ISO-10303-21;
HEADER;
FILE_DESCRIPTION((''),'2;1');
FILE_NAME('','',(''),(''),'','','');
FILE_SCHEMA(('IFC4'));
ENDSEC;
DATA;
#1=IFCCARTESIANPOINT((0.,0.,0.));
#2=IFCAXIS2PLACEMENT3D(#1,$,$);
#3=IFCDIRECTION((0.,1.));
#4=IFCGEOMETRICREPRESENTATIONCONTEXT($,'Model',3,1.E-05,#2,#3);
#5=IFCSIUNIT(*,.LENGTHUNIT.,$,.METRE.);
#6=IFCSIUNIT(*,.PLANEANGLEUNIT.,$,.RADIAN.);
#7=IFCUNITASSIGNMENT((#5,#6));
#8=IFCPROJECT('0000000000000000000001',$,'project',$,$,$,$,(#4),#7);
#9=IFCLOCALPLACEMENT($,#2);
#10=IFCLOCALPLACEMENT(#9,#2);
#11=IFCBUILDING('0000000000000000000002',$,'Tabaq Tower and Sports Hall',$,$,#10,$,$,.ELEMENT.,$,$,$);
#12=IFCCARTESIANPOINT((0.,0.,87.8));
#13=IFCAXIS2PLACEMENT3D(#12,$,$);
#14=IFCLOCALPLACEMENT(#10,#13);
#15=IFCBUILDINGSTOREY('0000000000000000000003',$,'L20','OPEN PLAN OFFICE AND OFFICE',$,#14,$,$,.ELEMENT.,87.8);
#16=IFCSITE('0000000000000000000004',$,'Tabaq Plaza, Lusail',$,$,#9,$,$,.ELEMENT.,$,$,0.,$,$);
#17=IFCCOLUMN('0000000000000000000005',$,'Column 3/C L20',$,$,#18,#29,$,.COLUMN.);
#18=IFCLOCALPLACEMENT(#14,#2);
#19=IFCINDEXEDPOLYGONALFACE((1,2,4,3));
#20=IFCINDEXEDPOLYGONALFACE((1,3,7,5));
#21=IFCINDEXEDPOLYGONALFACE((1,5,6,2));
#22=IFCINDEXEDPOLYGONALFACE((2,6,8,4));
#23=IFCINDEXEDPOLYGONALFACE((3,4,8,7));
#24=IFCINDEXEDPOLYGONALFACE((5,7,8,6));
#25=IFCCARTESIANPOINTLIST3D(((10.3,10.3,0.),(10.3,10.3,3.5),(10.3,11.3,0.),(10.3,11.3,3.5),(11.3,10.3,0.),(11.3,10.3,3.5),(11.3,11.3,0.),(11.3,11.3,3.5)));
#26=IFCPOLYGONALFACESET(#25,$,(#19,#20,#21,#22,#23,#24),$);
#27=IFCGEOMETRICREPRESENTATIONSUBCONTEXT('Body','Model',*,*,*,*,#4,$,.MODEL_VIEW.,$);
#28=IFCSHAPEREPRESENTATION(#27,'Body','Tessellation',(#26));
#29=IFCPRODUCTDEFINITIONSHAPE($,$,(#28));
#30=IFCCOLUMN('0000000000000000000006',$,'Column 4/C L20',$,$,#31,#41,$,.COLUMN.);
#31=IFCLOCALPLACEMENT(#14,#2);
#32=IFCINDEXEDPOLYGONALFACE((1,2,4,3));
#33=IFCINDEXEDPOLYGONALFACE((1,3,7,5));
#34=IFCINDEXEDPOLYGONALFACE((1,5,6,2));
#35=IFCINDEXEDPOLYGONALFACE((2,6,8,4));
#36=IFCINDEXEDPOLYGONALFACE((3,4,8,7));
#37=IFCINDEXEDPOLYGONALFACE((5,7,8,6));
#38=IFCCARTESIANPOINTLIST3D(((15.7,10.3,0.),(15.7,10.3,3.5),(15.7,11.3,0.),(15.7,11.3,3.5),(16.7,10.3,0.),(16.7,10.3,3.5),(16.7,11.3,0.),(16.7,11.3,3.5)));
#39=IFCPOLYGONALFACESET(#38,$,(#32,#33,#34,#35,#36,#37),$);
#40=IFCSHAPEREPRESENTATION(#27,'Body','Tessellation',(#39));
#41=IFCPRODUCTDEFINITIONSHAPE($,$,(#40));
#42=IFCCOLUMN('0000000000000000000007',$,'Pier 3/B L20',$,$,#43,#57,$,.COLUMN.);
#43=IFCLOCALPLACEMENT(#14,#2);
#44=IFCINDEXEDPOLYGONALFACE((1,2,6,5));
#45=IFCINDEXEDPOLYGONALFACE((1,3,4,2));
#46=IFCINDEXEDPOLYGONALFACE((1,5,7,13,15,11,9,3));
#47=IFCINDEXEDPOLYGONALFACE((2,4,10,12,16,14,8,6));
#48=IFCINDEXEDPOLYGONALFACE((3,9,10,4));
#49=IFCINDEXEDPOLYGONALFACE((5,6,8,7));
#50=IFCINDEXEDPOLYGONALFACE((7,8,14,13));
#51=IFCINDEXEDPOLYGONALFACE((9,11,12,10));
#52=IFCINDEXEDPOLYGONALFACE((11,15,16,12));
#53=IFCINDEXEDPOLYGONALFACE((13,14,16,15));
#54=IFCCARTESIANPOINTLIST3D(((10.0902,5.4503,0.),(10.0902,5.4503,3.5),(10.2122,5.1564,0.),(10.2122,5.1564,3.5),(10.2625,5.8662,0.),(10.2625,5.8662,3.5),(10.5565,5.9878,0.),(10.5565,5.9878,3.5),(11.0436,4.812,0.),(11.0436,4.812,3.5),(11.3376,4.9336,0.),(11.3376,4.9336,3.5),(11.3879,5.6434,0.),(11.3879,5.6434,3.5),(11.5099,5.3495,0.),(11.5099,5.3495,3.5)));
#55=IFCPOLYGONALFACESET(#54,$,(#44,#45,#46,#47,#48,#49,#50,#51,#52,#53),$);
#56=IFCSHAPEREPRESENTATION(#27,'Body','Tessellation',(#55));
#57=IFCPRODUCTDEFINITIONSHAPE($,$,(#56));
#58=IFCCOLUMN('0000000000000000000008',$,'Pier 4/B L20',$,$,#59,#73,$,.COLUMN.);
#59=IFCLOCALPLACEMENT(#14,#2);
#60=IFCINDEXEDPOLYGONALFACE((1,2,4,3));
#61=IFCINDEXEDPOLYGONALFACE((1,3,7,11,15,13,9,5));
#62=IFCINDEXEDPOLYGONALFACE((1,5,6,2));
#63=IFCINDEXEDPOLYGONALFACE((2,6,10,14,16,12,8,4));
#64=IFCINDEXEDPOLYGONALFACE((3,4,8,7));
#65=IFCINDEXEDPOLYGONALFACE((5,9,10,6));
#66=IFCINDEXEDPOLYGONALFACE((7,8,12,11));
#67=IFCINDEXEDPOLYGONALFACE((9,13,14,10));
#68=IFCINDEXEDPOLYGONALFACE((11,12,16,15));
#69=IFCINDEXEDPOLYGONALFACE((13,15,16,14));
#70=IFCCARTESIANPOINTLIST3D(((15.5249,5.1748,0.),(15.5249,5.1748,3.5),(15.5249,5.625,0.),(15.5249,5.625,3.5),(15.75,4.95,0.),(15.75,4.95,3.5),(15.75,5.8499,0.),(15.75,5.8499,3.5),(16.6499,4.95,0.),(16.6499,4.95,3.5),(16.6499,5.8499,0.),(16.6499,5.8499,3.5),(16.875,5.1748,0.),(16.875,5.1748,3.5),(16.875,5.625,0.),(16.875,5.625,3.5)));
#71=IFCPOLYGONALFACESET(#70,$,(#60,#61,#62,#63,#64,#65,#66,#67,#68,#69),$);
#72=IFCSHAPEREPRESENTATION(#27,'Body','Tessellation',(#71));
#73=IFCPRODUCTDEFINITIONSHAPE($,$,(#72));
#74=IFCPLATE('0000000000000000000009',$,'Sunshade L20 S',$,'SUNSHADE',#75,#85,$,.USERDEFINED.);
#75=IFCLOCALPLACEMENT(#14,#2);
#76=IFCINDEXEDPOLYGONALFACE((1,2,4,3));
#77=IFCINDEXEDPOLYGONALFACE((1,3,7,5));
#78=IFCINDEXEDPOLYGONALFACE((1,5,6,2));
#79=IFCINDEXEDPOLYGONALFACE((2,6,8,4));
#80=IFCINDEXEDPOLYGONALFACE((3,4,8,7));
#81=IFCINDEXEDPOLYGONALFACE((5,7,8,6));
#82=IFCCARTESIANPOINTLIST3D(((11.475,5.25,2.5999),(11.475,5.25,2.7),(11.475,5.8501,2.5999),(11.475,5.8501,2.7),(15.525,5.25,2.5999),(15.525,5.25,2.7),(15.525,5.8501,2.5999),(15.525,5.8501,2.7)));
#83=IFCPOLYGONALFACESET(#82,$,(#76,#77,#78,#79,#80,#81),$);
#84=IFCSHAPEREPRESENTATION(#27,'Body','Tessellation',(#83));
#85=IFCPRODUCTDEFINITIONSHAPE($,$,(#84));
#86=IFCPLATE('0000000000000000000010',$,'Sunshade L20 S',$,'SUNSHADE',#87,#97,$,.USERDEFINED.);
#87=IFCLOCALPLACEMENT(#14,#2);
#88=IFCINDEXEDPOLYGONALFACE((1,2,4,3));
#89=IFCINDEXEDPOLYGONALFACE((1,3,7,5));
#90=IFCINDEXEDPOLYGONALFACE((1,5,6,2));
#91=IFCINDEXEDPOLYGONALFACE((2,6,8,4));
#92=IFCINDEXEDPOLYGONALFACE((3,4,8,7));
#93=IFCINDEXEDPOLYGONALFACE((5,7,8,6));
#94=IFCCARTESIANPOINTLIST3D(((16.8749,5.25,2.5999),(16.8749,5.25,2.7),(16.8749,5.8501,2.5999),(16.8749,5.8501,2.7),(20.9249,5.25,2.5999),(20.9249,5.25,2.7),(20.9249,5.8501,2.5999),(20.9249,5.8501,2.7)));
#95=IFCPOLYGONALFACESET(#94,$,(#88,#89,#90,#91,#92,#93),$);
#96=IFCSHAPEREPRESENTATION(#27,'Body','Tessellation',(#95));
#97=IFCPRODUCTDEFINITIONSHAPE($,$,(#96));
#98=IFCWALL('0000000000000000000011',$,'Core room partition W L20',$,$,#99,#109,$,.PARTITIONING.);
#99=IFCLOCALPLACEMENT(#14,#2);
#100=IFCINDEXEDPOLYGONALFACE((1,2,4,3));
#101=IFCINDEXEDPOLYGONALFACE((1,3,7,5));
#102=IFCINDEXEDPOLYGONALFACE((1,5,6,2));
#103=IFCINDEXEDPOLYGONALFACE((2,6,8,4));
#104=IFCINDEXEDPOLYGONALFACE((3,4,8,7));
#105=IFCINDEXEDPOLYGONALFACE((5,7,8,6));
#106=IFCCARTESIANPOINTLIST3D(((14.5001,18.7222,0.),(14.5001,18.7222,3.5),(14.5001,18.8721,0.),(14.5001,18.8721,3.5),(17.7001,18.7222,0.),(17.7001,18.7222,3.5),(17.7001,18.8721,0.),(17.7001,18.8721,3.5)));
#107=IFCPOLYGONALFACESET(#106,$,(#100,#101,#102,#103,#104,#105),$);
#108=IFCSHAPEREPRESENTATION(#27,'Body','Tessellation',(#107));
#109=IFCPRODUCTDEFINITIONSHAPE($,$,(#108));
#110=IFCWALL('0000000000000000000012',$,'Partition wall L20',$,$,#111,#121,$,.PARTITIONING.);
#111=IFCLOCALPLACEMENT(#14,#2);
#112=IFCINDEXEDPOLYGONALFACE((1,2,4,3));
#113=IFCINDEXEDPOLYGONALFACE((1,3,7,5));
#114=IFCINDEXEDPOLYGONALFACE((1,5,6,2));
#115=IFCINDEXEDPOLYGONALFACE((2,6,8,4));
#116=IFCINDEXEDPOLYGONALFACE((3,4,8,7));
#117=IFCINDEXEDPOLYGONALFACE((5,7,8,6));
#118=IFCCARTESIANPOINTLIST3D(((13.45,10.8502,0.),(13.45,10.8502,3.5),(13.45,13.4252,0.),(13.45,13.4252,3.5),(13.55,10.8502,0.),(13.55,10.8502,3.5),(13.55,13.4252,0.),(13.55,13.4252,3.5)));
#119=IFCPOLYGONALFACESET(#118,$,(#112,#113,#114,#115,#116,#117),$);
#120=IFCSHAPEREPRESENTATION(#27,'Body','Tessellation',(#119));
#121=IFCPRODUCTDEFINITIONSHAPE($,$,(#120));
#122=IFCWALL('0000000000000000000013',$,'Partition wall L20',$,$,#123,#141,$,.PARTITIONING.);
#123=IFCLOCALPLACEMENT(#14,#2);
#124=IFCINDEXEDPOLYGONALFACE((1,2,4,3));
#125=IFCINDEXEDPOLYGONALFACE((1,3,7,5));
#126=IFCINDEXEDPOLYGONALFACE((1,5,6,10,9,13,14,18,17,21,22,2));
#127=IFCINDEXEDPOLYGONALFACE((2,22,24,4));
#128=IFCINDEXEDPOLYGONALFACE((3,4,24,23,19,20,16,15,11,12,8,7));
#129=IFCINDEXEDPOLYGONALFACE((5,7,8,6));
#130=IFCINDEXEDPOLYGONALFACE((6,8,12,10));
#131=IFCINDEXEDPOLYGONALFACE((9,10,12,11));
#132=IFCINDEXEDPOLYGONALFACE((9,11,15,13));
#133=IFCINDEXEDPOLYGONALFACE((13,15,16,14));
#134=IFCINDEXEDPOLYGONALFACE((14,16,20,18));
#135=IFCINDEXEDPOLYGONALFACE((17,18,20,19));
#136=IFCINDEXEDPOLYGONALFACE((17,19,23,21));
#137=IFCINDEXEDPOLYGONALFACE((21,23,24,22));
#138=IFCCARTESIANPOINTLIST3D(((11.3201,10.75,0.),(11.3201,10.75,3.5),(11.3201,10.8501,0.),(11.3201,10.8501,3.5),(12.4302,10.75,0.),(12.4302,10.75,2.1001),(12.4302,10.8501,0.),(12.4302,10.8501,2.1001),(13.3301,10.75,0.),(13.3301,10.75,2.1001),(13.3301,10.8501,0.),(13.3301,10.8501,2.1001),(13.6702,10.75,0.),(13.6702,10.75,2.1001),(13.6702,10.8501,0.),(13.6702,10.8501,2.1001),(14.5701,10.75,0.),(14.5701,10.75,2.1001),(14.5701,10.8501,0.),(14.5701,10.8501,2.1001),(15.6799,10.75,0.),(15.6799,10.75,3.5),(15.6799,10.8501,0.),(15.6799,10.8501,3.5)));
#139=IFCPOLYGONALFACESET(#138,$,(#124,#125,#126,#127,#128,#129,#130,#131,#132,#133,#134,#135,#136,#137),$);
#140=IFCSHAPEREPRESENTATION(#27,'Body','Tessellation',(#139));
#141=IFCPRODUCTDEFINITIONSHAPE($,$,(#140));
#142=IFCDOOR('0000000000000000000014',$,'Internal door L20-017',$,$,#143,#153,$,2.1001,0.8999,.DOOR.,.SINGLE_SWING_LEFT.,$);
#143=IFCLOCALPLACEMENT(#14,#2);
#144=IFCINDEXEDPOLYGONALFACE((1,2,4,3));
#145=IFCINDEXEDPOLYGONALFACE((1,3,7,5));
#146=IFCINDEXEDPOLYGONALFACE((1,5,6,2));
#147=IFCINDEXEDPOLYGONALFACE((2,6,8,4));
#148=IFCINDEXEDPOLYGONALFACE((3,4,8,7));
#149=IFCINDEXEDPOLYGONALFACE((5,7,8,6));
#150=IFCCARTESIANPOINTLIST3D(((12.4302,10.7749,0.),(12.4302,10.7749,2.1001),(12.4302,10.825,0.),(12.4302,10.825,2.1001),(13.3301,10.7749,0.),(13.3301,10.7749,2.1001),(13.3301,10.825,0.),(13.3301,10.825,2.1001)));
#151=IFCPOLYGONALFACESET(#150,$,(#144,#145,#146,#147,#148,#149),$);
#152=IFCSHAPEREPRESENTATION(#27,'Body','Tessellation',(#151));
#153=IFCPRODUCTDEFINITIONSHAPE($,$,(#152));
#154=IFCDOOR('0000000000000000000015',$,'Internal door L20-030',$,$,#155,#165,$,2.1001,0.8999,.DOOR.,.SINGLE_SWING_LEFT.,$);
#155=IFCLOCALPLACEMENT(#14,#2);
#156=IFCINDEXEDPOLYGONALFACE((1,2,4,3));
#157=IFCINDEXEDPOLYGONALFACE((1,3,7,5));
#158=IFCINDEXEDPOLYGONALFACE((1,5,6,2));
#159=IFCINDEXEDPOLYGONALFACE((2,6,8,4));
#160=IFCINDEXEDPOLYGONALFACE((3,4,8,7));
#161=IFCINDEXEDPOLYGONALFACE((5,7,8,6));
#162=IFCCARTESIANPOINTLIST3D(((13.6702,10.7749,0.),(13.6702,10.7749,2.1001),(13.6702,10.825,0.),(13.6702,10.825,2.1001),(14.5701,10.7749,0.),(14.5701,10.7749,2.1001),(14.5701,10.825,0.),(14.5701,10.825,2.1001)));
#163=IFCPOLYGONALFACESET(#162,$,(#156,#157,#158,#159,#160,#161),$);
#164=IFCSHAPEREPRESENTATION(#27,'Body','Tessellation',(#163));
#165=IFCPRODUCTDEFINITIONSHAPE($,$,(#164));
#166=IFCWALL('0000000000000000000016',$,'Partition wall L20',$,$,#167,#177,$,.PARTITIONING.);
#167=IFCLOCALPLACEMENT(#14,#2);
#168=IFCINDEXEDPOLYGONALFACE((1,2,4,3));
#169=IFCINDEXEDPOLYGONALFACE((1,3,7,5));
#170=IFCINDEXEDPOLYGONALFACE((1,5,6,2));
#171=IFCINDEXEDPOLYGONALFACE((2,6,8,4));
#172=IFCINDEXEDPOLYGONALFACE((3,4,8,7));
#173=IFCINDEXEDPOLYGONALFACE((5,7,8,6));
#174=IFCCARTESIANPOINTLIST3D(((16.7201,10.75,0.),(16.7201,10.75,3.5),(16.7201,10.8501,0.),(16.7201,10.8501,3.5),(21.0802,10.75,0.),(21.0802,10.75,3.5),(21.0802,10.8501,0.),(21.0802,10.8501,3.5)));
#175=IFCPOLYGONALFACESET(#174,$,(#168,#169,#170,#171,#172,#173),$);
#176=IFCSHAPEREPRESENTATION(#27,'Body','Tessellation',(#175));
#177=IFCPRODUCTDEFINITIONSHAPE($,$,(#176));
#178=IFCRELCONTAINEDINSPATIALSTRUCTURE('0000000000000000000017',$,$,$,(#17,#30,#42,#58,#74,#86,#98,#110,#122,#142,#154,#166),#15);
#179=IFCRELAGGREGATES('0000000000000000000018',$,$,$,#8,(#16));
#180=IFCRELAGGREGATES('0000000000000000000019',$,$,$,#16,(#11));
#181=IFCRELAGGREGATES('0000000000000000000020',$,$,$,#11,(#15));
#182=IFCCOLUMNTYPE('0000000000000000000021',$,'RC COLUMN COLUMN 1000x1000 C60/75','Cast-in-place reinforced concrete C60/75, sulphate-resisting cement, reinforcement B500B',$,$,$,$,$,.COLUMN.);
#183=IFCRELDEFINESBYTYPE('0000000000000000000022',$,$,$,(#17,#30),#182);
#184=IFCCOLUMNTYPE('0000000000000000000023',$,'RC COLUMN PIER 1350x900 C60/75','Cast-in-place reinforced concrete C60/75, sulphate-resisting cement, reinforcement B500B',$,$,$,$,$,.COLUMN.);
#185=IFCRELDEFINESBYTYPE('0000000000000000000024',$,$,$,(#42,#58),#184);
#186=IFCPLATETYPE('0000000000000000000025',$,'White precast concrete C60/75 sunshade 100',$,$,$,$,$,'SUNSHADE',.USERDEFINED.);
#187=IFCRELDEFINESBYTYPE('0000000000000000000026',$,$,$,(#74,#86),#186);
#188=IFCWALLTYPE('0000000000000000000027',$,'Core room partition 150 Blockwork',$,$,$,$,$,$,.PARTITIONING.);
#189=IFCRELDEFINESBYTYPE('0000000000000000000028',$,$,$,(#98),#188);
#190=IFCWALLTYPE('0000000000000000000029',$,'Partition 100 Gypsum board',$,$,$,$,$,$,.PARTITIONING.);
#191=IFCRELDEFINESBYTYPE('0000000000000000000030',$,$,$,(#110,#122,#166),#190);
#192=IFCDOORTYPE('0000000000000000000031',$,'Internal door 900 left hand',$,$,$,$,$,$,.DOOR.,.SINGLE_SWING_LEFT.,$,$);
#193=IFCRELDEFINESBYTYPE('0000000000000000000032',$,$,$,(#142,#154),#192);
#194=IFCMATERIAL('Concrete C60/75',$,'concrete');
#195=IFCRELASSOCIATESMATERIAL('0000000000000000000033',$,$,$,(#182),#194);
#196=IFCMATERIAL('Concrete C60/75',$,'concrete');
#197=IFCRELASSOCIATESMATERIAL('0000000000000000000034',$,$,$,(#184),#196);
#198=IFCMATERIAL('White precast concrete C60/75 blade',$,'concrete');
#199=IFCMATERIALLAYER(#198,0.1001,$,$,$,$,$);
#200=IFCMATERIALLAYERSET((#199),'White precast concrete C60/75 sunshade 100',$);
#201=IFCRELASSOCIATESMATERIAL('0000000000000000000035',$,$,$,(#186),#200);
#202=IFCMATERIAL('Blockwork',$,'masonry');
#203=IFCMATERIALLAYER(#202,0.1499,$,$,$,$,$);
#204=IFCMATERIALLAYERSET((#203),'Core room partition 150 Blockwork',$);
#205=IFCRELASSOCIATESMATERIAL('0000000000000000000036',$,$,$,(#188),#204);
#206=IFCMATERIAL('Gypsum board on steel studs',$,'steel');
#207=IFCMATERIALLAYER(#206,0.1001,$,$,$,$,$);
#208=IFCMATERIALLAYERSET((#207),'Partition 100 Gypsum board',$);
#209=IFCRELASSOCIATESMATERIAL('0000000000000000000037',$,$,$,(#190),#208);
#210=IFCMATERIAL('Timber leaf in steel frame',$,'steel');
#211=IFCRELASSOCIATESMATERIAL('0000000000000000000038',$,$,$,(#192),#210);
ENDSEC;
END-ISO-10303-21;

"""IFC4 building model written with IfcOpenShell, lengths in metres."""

from ifc_helpers import new_model, si_unit, direction, frame, frame_2d, origin, origin_2d, place, context, subcontext, project, spatial, polyline, rectangle, outline, extrude, material, layer, layer_set, material_profile, profile_set, type_object, element, fill, save


model = new_model("IFC4")

# Units and contexts
model_context = context("Model", 3, precision=1e-05, world=origin(), true_north=direction((0.0, 1.0)))
body_context = subcontext(model_context, "Body", "Model", "MODEL_VIEW")
ifc_project = project(units=[si_unit("LENGTHUNIT", "METRE"), si_unit("PLANEANGLEUNIT", "RADIAN")], contexts=[model_context])

# Site, building, storey
site_placement = place(None, origin())
site = spatial("IfcSite", under=ifc_project, at=site_placement, Name="Tabaq Plaza, Lusail", CompositionType="ELEMENT", RefElevation=0.0)
building_placement = place(site_placement, origin())
building = spatial("IfcBuilding", under=site, at=building_placement, Name="Tabaq Tower and Sports Hall", CompositionType="ELEMENT")
storey_placement = place(building_placement, frame((0.0, 0.0, 87.8)))
storey = spatial("IfcBuildingStorey", under=building, at=storey_placement, Name="L20", Description="OPEN PLAN OFFICE AND OFFICE", CompositionType="ELEMENT", Elevation=87.8)

# Columns
ifc_material_1 = material(Name="Concrete C60/75", Category="concrete")
ifc_material_profile_1 = material_profile(ifc_material_1, rectangle(XDim=1.0, YDim=1.0, at=origin_2d()), Name="COLUMN 1000x1000")
ifc_profile_set_1 = profile_set([ifc_material_profile_1], Name="Concrete C60/75")
column_type_1 = type_object("IfcColumnType", Name="RC COLUMN COLUMN 1000x1000 C60/75", Description="Cast-in-place reinforced concrete C60/75, sulphate-resisting cement, reinforcement B500B", PredefinedType="COLUMN", material=ifc_profile_set_1)
for number, where, z_axis, x_axis, name in (
    (1, (10.8, 10.8, 0.0), (0.0, 0.0, 1.0), (1.0, 0.0, 0.0), "Column 3/C L20"),
    (2, (16.2, 10.8, 0.0), (0.0, 0.0, 1.0), (1.0, 0.0, 0.0), "Column 4/C L20"),
):
    element("IfcColumn", number, at=place(storey_placement, frame(where, z_axis=z_axis, x_axis=x_axis)), inside=storey, type_object=column_type_1, Name=name, PredefinedType="COLUMN", context=body_context, shape_type="SweptSolid", body=[
        extrude(rectangle(XDim=1.0, YDim=1.0, at=origin_2d()), origin(), (0.0, 0.0, 1.0), 3.5),
    ])
ifc_material_2 = material(Name="Concrete C60/75", Category="concrete")
ifc_material_profile_2 = material_profile(ifc_material_2, outline(polyline([(-0.45, -0.45), (0.45, -0.45), (0.675, -0.2251), (0.675, 0.2251), (0.45, 0.45), (-0.45, 0.45), (-0.675, 0.2251), (-0.675, -0.2251), (-0.45, -0.45)])), Name="PIER 1350x900")
ifc_profile_set_2 = profile_set([ifc_material_profile_2], Name="Concrete C60/75")
column_type_2 = type_object("IfcColumnType", Name="RC COLUMN PIER 1350x900 C60/75", Description="Cast-in-place reinforced concrete C60/75, sulphate-resisting cement, reinforcement B500B", PredefinedType="COLUMN", material=ifc_profile_set_2)
for number, where, z_axis, x_axis, name in (
    (3, (10.8, 5.3999, 0.0), (0.0, 0.0, 1.0), (-0.92388, 0.382683, 0.0), "Pier 3/B L20"),
    (4, (16.2, 5.3999, 0.0), (0.0, 0.0, 1.0), (1.0, 0.0, 0.0), "Pier 4/B L20"),
):
    element("IfcColumn", number, at=place(storey_placement, frame(where, z_axis=z_axis, x_axis=x_axis)), inside=storey, type_object=column_type_2, Name=name, PredefinedType="COLUMN", context=body_context, shape_type="SweptSolid", body=[
        extrude(outline(polyline([(-0.45, -0.45), (0.45, -0.45), (0.675, -0.2251), (0.675, 0.2251), (0.45, 0.45), (-0.45, 0.45), (-0.675, 0.2251), (-0.675, -0.2251), (-0.45, -0.45)])), origin(), (0.0, 0.0, 1.0), 3.5),
    ])

# Plates
ifc_material_3 = material(Name="White precast concrete C60/75 blade", Category="concrete")
ifc_layer_1 = layer(ifc_material_3, 0.1001)
ifc_layer_set_1 = layer_set([ifc_layer_1], Name="White precast concrete C60/75 sunshade 100")
plate_type = type_object("IfcPlateType", Name="White precast concrete C60/75 sunshade 100", ElementType="SUNSHADE", PredefinedType="USERDEFINED", material=ifc_layer_set_1)
for number, where, z_axis, x_axis, name in (
    (5, (13.5, 5.55, 2.5999), (0.0, 0.0, 1.0), (1.0, 0.0, 0.0), "Sunshade L20 S"),
    (6, (18.8999, 5.55, 2.5999), (0.0, 0.0, 1.0), (1.0, 0.0, 0.0), "Sunshade L20 S"),
):
    element("IfcPlate", number, at=place(storey_placement, frame(where, z_axis=z_axis, x_axis=x_axis)), inside=storey, type_object=plate_type, Name=name, ObjectType="SUNSHADE", PredefinedType="USERDEFINED", context=body_context, shape_type="SweptSolid", body=[
        extrude(rectangle(XDim=4.05, YDim=0.6001, at=origin_2d()), origin(), (0.0, 0.0, 1.0), 0.1001),
    ])

# Wall
ifc_material_4 = material(Name="Blockwork", Category="masonry")
ifc_layer_2 = layer(ifc_material_4, 0.1499)
ifc_layer_set_2 = layer_set([ifc_layer_2], Name="Core room partition 150 Blockwork")
wall_type_1 = type_object("IfcWallType", Name="Core room partition 150 Blockwork", PredefinedType="PARTITIONING", material=ifc_layer_set_2)
wall_1_placement = place(storey_placement, frame((14.5, 18.7971, 0.0), z_axis=(0.0, 0.0, 1.0), x_axis=(1.0, 0.0, 0.0)))
element("IfcWall", 7, at=wall_1_placement, inside=storey, type_object=wall_type_1, Name="Core room partition W L20", PredefinedType="PARTITIONING", context=body_context, shape_type="SweptSolid", body=[
    extrude(rectangle(XDim=3.2, YDim=0.1499, at=frame_2d((1.6001, 0.0))), origin(), (0.0, 0.0, 1.0), 3.5),
])

# Wall
ifc_material_5 = material(Name="Gypsum board on steel studs", Category="steel")
ifc_layer_3 = layer(ifc_material_5, 0.1001)
ifc_layer_set_3 = layer_set([ifc_layer_3], Name="Partition 100 Gypsum board")
wall_type_2 = type_object("IfcWallType", Name="Partition 100 Gypsum board", PredefinedType="PARTITIONING", material=ifc_layer_set_3)
wall_2_placement = place(storey_placement, frame((13.5, 10.8501, 0.0), z_axis=(0.0, 0.0, 1.0), x_axis=(0.0, 1.0, 0.0)))
element("IfcWall", 8, at=wall_2_placement, inside=storey, type_object=wall_type_2, Name="Partition wall L20", PredefinedType="PARTITIONING", context=body_context, shape_type="SweptSolid", body=[
    extrude(rectangle(XDim=2.575, YDim=0.1001, at=frame_2d((1.2876, 0.0))), origin(), (0.0, 0.0, 1.0), 3.5),
])

# Wall, openings, doors
wall_3_placement = place(storey_placement, frame((11.3201, 10.8, 0.0), z_axis=(0.0, 0.0, 1.0), x_axis=(1.0, 0.0, 0.0)))
wall_3 = element("IfcWall", 9, at=wall_3_placement, inside=storey, type_object=wall_type_2, Name="Partition wall L20", PredefinedType="PARTITIONING", context=body_context, shape_type="SweptSolid", body=[
    extrude(rectangle(XDim=4.3599, YDim=0.1001, at=frame_2d((2.1799, 0.0))), origin(), (0.0, 0.0, 1.0), 3.5),
])
opening_1_placement = place(wall_3_placement, frame((1.1101, 0.0, 0.0)))
opening_1 = element("IfcOpeningElement", 10, at=opening_1_placement, cuts=wall_3, PredefinedType="OPENING", context=body_context, shape_type="SweptSolid", body=[
    extrude(rectangle(XDim=0.8999, YDim=2.1001, at=frame_2d((0.45, 1.05))), frame((0.0, 0.05, 0.0), z_axis=(0.0, -1.0, 0.0), x_axis=(1.0, 0.0, 0.0)), (0.0, 0.0, 1.0), 0.1001),
])
opening_2_placement = place(wall_3_placement, frame((2.3501, 0.0, 0.0)))
opening_2 = element("IfcOpeningElement", 11, at=opening_2_placement, cuts=wall_3, PredefinedType="OPENING", context=body_context, shape_type="SweptSolid", body=[
    extrude(rectangle(XDim=0.8999, YDim=2.1001, at=frame_2d((0.45, 1.05))), frame((0.0, 0.05, 0.0), z_axis=(0.0, -1.0, 0.0), x_axis=(1.0, 0.0, 0.0)), (0.0, 0.0, 1.0), 0.1001),
])
ifc_material_6 = material(Name="Timber leaf in steel frame", Category="steel")
door_type_1 = type_object("IfcDoorType", Name="Internal door 900 left hand", OperationType="SINGLE_SWING_LEFT", PredefinedType="DOOR", material=ifc_material_6)
door_1_placement = place(opening_1_placement, origin())
door_1 = element("IfcDoor", 12, at=door_1_placement, inside=storey, type_object=door_type_1, Name="Internal door L20-017", OperationType="SINGLE_SWING_LEFT", OverallHeight=2.1001, OverallWidth=0.8999, PredefinedType="DOOR", context=body_context, shape_type="SweptSolid", body=[
    extrude(rectangle(XDim=0.8999, YDim=2.1001, at=frame_2d((0.45, 1.05))), frame((0.0, 0.0249, 0.0), z_axis=(0.0, -1.0, 0.0), x_axis=(1.0, 0.0, 0.0)), (0.0, 0.0, 1.0), 0.05),
])
fill(opening_1, door_1)
door_2_placement = place(opening_2_placement, origin())
door_2 = element("IfcDoor", 13, at=door_2_placement, inside=storey, type_object=door_type_1, Name="Internal door L20-030", OperationType="SINGLE_SWING_LEFT", OverallHeight=2.1001, OverallWidth=0.8999, PredefinedType="DOOR", context=body_context, shape_type="SweptSolid", body=[
    extrude(rectangle(XDim=0.8999, YDim=2.1001, at=frame_2d((0.45, 1.05))), frame((0.0, 0.0249, 0.0), z_axis=(0.0, -1.0, 0.0), x_axis=(1.0, 0.0, 0.0)), (0.0, 0.0, 1.0), 0.05),
])
fill(opening_2, door_2)

# Wall
wall_4_placement = place(storey_placement, frame((16.72, 10.8, 0.0), z_axis=(0.0, 0.0, 1.0), x_axis=(1.0, 0.0, 0.0)))
element("IfcWall", 14, at=wall_4_placement, inside=storey, type_object=wall_type_2, Name="Partition wall L20", PredefinedType="PARTITIONING", context=body_context, shape_type="SweptSolid", body=[
    extrude(rectangle(XDim=4.3601, YDim=0.1001, at=frame_2d((2.1802, 0.0))), origin(), (0.0, 0.0, 1.0), 3.5),
])

save(model, "model.ifc")
